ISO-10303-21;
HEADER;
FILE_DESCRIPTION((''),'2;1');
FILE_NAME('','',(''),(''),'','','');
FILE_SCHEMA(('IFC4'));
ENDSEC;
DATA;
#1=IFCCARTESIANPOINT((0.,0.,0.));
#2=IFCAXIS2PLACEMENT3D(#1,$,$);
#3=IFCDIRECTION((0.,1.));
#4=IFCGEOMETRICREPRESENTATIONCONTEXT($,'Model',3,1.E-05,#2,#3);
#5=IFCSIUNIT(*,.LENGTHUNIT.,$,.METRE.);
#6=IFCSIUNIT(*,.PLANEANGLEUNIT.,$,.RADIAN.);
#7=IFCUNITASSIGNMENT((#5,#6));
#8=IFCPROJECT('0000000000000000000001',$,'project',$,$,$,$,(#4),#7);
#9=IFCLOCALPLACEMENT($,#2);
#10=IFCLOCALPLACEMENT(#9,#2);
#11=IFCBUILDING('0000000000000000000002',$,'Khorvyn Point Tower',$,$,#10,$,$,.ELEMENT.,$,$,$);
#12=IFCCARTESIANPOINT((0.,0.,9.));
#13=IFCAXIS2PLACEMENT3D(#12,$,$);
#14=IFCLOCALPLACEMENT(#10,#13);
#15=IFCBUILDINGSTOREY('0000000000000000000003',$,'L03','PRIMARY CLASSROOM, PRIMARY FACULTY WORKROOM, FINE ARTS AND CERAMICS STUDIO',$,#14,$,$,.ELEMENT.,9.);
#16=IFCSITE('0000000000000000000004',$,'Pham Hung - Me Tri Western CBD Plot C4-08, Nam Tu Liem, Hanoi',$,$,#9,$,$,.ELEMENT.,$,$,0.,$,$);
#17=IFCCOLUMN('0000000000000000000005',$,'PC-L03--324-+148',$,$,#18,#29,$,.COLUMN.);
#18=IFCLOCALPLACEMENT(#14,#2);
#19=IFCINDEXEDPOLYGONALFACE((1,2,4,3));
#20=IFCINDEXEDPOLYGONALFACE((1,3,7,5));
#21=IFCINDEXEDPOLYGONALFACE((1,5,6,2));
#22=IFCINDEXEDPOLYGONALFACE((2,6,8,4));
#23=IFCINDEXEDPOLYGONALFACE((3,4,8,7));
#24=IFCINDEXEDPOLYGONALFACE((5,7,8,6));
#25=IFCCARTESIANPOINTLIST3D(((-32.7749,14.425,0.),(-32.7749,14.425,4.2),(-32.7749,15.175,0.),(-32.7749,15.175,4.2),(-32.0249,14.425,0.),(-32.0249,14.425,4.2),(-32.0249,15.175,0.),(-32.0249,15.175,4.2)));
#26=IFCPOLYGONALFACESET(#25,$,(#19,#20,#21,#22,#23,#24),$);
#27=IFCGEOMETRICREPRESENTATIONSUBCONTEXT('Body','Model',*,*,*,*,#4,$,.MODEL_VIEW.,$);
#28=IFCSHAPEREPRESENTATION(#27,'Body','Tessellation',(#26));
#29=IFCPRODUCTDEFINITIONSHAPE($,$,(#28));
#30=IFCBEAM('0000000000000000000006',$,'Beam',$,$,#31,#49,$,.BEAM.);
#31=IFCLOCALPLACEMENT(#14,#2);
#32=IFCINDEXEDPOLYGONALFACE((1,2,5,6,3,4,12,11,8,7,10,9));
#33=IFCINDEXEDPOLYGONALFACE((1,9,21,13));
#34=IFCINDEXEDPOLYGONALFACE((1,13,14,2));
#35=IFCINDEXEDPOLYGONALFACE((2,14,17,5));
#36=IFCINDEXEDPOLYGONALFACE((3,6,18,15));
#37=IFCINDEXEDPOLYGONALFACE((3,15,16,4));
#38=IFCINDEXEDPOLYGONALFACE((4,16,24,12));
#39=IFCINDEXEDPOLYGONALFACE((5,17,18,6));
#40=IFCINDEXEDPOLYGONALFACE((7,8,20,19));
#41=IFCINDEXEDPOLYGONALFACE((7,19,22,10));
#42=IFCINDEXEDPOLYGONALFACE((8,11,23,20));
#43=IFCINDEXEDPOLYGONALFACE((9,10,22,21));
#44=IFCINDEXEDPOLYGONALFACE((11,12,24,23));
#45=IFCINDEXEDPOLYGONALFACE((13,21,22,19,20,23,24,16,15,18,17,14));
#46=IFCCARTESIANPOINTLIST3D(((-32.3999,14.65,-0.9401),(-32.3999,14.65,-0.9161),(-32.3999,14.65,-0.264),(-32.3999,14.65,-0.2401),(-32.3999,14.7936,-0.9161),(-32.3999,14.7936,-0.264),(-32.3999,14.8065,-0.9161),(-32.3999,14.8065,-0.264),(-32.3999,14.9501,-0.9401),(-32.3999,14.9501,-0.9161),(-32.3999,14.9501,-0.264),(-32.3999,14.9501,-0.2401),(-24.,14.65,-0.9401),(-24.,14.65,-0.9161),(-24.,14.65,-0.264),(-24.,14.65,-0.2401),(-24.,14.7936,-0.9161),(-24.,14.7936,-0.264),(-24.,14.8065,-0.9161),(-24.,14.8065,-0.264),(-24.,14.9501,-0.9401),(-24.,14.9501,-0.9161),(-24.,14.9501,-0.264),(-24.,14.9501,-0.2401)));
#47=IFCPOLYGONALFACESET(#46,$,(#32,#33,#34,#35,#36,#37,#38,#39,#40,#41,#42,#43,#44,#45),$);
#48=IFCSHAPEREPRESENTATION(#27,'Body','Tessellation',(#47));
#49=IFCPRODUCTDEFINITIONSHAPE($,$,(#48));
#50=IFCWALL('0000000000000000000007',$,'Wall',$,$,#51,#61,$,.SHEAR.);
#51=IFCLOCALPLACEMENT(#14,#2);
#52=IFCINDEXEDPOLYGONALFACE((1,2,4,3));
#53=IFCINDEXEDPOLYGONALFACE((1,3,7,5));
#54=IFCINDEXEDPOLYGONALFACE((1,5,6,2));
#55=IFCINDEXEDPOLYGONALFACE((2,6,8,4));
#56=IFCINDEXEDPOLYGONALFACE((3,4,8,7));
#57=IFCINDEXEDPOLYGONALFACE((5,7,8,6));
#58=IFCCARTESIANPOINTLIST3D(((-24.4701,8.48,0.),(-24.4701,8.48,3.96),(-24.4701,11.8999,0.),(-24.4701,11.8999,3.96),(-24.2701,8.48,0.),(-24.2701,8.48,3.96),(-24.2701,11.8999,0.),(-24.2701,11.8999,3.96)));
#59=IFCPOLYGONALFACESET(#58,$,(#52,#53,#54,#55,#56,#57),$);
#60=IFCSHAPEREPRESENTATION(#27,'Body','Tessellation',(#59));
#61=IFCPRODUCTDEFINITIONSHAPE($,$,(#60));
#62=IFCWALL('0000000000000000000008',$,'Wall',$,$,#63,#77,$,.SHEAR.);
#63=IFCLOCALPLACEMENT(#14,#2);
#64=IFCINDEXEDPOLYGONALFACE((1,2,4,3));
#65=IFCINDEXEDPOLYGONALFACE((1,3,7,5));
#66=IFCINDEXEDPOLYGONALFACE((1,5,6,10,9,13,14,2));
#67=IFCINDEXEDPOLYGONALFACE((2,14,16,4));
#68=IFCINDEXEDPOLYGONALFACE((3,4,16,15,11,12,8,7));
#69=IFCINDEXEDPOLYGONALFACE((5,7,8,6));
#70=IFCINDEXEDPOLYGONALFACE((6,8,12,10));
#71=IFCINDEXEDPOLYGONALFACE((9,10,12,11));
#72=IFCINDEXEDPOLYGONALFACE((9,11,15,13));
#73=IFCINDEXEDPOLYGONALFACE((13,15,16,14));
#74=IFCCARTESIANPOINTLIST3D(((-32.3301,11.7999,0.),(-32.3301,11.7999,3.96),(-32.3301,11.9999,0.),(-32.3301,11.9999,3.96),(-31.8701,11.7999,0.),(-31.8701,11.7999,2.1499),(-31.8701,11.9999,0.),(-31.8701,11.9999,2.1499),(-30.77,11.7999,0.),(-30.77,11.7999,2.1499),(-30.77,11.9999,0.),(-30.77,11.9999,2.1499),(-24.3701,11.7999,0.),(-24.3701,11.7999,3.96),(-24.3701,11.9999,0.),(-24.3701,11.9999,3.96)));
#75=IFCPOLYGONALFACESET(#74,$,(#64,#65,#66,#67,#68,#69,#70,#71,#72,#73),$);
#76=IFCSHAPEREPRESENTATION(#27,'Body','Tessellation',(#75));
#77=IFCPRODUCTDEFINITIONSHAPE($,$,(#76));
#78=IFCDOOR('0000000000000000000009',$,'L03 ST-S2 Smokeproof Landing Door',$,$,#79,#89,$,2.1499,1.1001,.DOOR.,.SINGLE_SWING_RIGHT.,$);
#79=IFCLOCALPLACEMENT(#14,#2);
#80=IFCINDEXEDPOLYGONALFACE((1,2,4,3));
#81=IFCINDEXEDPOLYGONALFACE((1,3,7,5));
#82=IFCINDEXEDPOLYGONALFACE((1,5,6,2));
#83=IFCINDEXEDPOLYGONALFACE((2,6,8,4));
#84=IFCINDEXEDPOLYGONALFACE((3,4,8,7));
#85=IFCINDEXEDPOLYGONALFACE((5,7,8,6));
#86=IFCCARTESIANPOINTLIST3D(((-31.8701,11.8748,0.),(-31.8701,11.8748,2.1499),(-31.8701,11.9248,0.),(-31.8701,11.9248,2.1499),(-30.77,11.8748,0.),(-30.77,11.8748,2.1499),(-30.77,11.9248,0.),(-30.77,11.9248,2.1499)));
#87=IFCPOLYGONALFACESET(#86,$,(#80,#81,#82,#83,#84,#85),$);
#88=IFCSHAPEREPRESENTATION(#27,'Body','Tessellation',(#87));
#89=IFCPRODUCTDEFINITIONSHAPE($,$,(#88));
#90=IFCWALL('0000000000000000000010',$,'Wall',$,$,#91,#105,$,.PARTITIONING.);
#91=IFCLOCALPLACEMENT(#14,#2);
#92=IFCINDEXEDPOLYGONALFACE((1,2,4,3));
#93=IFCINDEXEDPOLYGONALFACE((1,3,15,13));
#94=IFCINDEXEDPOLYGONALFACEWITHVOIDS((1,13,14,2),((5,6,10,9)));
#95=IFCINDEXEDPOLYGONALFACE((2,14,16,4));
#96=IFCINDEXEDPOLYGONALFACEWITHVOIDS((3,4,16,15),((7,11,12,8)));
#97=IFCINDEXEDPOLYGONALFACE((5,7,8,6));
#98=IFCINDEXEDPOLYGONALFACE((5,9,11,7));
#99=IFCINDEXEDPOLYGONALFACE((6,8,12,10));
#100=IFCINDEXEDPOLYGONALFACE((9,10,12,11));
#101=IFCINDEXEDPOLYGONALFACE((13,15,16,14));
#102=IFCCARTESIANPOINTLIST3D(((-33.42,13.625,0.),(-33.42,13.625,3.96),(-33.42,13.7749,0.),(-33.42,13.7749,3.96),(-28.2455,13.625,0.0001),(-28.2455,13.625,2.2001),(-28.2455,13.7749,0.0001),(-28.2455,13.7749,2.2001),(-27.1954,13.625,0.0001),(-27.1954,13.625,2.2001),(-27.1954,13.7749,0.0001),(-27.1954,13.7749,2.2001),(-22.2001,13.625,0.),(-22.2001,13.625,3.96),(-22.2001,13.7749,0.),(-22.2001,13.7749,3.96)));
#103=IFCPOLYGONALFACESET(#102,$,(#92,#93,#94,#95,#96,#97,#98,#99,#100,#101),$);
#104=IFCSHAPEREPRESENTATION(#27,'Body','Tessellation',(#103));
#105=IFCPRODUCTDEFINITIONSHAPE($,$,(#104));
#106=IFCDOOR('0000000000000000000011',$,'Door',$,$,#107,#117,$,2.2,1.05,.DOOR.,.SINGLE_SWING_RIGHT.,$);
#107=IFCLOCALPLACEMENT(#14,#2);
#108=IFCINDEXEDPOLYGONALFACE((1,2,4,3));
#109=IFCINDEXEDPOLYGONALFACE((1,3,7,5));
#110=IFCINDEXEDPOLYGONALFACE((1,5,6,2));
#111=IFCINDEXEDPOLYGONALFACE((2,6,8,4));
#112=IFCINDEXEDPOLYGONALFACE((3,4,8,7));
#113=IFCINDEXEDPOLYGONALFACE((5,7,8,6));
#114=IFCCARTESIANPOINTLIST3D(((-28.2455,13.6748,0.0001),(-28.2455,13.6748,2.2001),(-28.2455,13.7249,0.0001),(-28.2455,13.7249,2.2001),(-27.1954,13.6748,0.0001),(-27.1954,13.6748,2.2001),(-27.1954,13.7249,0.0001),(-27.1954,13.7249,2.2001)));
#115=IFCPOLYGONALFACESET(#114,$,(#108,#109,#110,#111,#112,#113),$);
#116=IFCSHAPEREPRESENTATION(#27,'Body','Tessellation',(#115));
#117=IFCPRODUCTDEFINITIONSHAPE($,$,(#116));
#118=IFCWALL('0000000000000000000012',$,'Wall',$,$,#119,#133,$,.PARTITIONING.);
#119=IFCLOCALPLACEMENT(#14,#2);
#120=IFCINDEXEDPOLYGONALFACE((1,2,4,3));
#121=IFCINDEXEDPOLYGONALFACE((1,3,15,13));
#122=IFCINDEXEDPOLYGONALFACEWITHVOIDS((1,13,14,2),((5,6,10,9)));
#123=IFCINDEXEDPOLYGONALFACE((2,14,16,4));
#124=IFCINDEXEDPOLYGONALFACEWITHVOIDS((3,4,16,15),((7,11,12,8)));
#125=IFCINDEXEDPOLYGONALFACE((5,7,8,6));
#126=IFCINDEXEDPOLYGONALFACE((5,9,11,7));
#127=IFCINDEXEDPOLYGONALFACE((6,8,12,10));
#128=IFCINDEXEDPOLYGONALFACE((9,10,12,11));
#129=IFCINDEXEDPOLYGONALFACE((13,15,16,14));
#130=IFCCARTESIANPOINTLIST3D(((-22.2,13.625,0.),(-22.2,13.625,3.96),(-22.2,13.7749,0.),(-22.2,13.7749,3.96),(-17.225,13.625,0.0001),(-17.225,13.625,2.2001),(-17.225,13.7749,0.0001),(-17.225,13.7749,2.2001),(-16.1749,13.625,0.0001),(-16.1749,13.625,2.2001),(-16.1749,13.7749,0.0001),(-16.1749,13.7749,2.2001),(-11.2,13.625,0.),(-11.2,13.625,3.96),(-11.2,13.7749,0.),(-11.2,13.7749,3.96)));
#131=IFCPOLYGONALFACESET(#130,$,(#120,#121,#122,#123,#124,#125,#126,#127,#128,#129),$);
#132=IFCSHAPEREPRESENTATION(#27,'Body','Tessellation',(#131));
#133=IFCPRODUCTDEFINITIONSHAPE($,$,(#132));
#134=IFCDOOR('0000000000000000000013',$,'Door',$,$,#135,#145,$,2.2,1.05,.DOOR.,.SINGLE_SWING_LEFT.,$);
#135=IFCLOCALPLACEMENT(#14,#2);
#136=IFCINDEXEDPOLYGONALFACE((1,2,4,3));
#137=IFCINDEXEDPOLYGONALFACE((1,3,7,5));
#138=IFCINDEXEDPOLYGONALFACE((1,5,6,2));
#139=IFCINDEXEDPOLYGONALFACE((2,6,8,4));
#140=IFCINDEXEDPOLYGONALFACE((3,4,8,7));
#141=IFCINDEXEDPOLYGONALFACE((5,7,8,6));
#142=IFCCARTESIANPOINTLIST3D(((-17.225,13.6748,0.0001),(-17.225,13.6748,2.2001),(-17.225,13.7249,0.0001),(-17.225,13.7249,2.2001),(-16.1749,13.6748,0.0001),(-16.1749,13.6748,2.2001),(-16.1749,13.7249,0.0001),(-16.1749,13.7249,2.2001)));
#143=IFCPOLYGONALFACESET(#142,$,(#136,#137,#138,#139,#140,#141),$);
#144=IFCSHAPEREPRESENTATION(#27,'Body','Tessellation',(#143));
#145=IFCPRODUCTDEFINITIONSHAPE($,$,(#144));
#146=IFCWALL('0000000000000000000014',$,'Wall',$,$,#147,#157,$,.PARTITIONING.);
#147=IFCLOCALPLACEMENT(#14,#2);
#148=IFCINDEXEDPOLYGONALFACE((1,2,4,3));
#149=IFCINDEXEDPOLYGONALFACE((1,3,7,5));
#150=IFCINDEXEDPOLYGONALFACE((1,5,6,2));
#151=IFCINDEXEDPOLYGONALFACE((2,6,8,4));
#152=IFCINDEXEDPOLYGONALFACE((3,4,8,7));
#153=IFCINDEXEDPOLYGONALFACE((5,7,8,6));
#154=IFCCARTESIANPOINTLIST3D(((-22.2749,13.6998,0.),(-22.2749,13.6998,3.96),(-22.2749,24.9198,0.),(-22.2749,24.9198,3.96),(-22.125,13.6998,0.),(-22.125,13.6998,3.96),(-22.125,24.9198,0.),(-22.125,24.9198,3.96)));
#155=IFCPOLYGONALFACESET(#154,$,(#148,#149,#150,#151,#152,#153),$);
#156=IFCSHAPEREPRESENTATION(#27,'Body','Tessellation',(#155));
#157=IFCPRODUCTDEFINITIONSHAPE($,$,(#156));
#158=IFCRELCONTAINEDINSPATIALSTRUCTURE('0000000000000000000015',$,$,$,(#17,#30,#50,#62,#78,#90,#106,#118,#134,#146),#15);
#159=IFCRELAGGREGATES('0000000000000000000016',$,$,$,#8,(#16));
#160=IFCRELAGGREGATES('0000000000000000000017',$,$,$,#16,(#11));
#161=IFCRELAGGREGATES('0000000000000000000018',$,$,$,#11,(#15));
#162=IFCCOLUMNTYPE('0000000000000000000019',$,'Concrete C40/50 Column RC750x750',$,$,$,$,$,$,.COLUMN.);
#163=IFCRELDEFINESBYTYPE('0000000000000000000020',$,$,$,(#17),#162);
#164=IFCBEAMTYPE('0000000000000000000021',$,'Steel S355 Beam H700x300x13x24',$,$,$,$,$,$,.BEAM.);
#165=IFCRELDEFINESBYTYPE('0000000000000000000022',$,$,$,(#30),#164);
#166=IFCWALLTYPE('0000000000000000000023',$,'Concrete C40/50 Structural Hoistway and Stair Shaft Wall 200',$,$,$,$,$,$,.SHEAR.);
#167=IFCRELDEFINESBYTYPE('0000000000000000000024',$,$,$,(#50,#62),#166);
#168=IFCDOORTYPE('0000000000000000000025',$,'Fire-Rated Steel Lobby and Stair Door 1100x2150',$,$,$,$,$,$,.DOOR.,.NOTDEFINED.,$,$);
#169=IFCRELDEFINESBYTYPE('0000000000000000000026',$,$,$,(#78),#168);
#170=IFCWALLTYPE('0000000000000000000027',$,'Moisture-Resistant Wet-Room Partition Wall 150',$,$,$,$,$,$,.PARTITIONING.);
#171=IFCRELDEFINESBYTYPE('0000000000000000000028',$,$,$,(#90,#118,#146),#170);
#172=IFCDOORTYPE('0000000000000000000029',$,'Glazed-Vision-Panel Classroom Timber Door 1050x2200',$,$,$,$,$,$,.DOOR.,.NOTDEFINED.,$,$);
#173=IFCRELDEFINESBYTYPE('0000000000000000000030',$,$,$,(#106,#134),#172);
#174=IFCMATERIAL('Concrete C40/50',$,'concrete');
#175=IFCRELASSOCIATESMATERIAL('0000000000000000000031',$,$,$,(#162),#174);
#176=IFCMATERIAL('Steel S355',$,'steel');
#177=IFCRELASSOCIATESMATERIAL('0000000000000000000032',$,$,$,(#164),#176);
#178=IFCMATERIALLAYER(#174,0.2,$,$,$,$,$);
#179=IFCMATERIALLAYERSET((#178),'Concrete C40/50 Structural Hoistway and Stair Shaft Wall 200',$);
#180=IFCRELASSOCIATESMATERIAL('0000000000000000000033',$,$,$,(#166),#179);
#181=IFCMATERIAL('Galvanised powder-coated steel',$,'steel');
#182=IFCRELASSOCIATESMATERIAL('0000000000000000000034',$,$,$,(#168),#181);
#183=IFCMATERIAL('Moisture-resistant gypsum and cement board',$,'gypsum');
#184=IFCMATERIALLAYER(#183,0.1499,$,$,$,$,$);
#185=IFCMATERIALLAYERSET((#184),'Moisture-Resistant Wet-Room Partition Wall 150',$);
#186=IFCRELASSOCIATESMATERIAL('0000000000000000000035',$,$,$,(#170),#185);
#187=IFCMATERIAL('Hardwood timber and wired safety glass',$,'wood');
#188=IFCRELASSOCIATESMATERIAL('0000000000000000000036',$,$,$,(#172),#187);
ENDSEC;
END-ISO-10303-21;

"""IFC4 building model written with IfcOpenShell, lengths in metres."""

from ifc_helpers import new_model, si_unit, direction, frame, frame_2d, origin, origin_2d, place, context, subcontext, project, spatial, rectangle, i_section, extrude, material, layer, layer_set, material_profile, profile_set, type_object, element, fill, save


model = new_model("IFC4")

# Units and contexts
model_context = context("Model", 3, precision=1e-05, world=origin(), true_north=direction((0.0, 1.0)))
body_context = subcontext(model_context, "Body", "Model", "MODEL_VIEW")
ifc_project = project(units=[si_unit("LENGTHUNIT", "METRE"), si_unit("PLANEANGLEUNIT", "RADIAN")], contexts=[model_context])

# Site, building, storey
site_placement = place(None, origin())
site = spatial("IfcSite", under=ifc_project, at=site_placement, Name="Pham Hung - Me Tri Western CBD Plot C4-08, Nam Tu Liem, Hanoi", CompositionType="ELEMENT", RefElevation=0.0)
building_placement = place(site_placement, origin())
building = spatial("IfcBuilding", under=site, at=building_placement, Name="Khorvyn Point Tower", CompositionType="ELEMENT")
storey_placement = place(building_placement, frame((0.0, 0.0, 9.0)))
storey = spatial("IfcBuildingStorey", under=building, at=storey_placement, Name="L03", Description="PRIMARY CLASSROOM, PRIMARY FACULTY WORKROOM, FINE ARTS AND CERAMICS STUDIO", CompositionType="ELEMENT", Elevation=9.0)

# Column
ifc_material_1 = material(Name="Concrete C40/50", Category="concrete")
ifc_material_profile_1 = material_profile(ifc_material_1, rectangle(XDim=0.75, YDim=0.75, at=origin_2d()))
ifc_profile_set_1 = profile_set([ifc_material_profile_1], Name="Concrete C40/50 RC750x750")
column_type = type_object("IfcColumnType", Name="Concrete C40/50 Column RC750x750", PredefinedType="COLUMN", material=ifc_profile_set_1)
column_placement = place(storey_placement, frame((-32.3999, 14.8, 0.0), z_axis=(0.0, 0.0, 1.0), x_axis=(1.0, 0.0, 0.0)))
element("IfcColumn", 1, at=column_placement, inside=storey, type_object=column_type, Name="PC-L03--324-+148", PredefinedType="COLUMN", context=body_context, shape_type="SweptSolid", body=[
    extrude(rectangle(XDim=0.75, YDim=0.75, at=origin_2d()), origin(), (0.0, 0.0, 1.0), 4.2),
])

# Beam
ifc_material_2 = material(Name="Steel S355", Category="steel")
ifc_material_profile_2 = material_profile(ifc_material_2, i_section(OverallWidth=0.3, OverallDepth=0.7, WebThickness=0.0129, FlangeThickness=0.0239, at=origin_2d()))
ifc_profile_set_2 = profile_set([ifc_material_profile_2], Name="Steel S355 H700x300x13x24")
beam_type = type_object("IfcBeamType", Name="Steel S355 Beam H700x300x13x24", PredefinedType="BEAM", material=ifc_profile_set_2)
beam_placement = place(storey_placement, frame((-32.3999, 14.8, -0.5901), z_axis=(1.0, 0.0, 0.0), x_axis=(0.0, 1.0, 0.0)))
element("IfcBeam", 2, at=beam_placement, inside=storey, type_object=beam_type, Name="Beam", PredefinedType="BEAM", context=body_context, shape_type="SweptSolid", body=[
    extrude(i_section(OverallWidth=0.3, OverallDepth=0.7, WebThickness=0.0129, FlangeThickness=0.0239, at=origin_2d()), origin(), (0.0, 0.0, 1.0), 8.3999),
])

# Wall
ifc_layer_1 = layer(ifc_material_1, 0.2)
ifc_layer_set_1 = layer_set([ifc_layer_1], Name="Concrete C40/50 Structural Hoistway and Stair Shaft Wall 200")
wall_type_1 = type_object("IfcWallType", Name="Concrete C40/50 Structural Hoistway and Stair Shaft Wall 200", PredefinedType="SHEAR", material=ifc_layer_set_1)
wall_1_placement = place(storey_placement, frame((-24.3701, 11.8999, 0.0), z_axis=(0.0, 0.0, 1.0), x_axis=(0.0, -1.0, 0.0)))
element("IfcWall", 3, at=wall_1_placement, inside=storey, type_object=wall_type_1, Name="Wall", PredefinedType="SHEAR", context=body_context, shape_type="SweptSolid", body=[
    extrude(rectangle(XDim=3.4199, YDim=0.2, at=frame_2d((1.71, 0.0))), origin(), (0.0, 0.0, 1.0), 3.96),
])

# Walls, openings, doors
wall_2_placement = place(storey_placement, frame((-32.3301, 11.8999, 0.0), z_axis=(0.0, 0.0, 1.0), x_axis=(1.0, 0.0, 0.0)))
wall_2 = element("IfcWall", 4, at=wall_2_placement, inside=storey, type_object=wall_type_1, Name="Wall", PredefinedType="SHEAR", context=body_context, shape_type="SweptSolid", body=[
    extrude(rectangle(XDim=7.96, YDim=0.2, at=frame_2d((3.98, 0.0))), origin(), (0.0, 0.0, 1.0), 3.96),
])
opening_1_placement = place(wall_2_placement, frame((0.46, 0.0, 0.0)))
opening_1 = element("IfcOpeningElement", 5, at=opening_1_placement, cuts=wall_2, PredefinedType="OPENING", context=body_context, shape_type="SweptSolid", body=[
    extrude(rectangle(XDim=1.1001, YDim=2.1499, at=frame_2d((0.55, 1.075))), frame((0.0, 0.1099, 0.0), z_axis=(0.0, -1.0, 0.0), x_axis=(1.0, 0.0, 0.0)), (0.0, 0.0, 1.0), 0.22),
])
ifc_material_3 = material(Name="Galvanised powder-coated steel", Category="steel")
door_type_1 = type_object("IfcDoorType", Name="Fire-Rated Steel Lobby and Stair Door 1100x2150", OperationType="NOTDEFINED", PredefinedType="DOOR", material=ifc_material_3)
door_1_placement = place(opening_1_placement, origin())
door_1 = element("IfcDoor", 6, at=door_1_placement, inside=storey, type_object=door_type_1, Name="L03 ST-S2 Smokeproof Landing Door", OperationType="SINGLE_SWING_RIGHT", OverallHeight=2.1499, OverallWidth=1.1001, PredefinedType="DOOR", context=body_context, shape_type="SweptSolid", body=[
    extrude(rectangle(XDim=1.1001, YDim=2.1499, at=frame_2d((0.55, 1.075))), frame((0.0, 0.0249, 0.0), z_axis=(0.0, -1.0, 0.0), x_axis=(1.0, 0.0, 0.0)), (0.0, 0.0, 1.0), 0.05),
])
fill(opening_1, door_1)
ifc_material_4 = material(Name="Moisture-resistant gypsum and cement board", Category="gypsum")
ifc_layer_2 = layer(ifc_material_4, 0.1499)
ifc_layer_set_2 = layer_set([ifc_layer_2], Name="Moisture-Resistant Wet-Room Partition Wall 150")
wall_type_2 = type_object("IfcWallType", Name="Moisture-Resistant Wet-Room Partition Wall 150", PredefinedType="PARTITIONING", material=ifc_layer_set_2)
wall_3_placement = place(storey_placement, frame((-33.4199, 13.7, 0.0), z_axis=(0.0, 0.0, 1.0), x_axis=(1.0, 0.0, 0.0)))
wall_3 = element("IfcWall", 7, at=wall_3_placement, inside=storey, type_object=wall_type_2, Name="Wall", PredefinedType="PARTITIONING", context=body_context, shape_type="SweptSolid", body=[
    extrude(rectangle(XDim=11.22, YDim=0.1499, at=frame_2d((5.6099, 0.0))), origin(), (0.0, 0.0, 1.0), 3.96),
])
opening_2_placement = place(wall_3_placement, frame((5.1746, 0.0, 0.0)))
opening_2 = element("IfcOpeningElement", 8, at=opening_2_placement, cuts=wall_3, PredefinedType="OPENING", context=body_context, shape_type="SweptSolid", body=[
    extrude(rectangle(XDim=1.05, YDim=2.2, at=frame_2d((0.5249, 1.1001))), frame((0.0, 0.085, 0.0), z_axis=(0.0, -1.0, 0.0), x_axis=(1.0, 0.0, 0.0)), (0.0, 0.0, 1.0), 0.1699),
])
ifc_material_5 = material(Name="Hardwood timber and wired safety glass", Category="wood")
door_type_2 = type_object("IfcDoorType", Name="Glazed-Vision-Panel Classroom Timber Door 1050x2200", OperationType="NOTDEFINED", PredefinedType="DOOR", material=ifc_material_5)
door_2_placement = place(opening_2_placement, origin())
door_2 = element("IfcDoor", 9, at=door_2_placement, inside=storey, type_object=door_type_2, Name="Door", OperationType="SINGLE_SWING_RIGHT", OverallHeight=2.2, OverallWidth=1.05, PredefinedType="DOOR", context=body_context, shape_type="SweptSolid", body=[
    extrude(rectangle(XDim=1.05, YDim=2.2, at=frame_2d((0.5249, 1.1001))), frame((0.0, 0.0249, 0.0), z_axis=(0.0, -1.0, 0.0), x_axis=(1.0, 0.0, 0.0)), (0.0, 0.0, 1.0), 0.05),
])
fill(opening_2, door_2)
wall_4_placement = place(storey_placement, frame((-22.2, 13.7, 0.0), z_axis=(0.0, 0.0, 1.0), x_axis=(1.0, 0.0, 0.0)))
wall_4 = element("IfcWall", 10, at=wall_4_placement, inside=storey, type_object=wall_type_2, Name="Wall", PredefinedType="PARTITIONING", context=body_context, shape_type="SweptSolid", body=[
    extrude(rectangle(XDim=11.0, YDim=0.1499, at=frame_2d((5.5, 0.0))), origin(), (0.0, 0.0, 1.0), 3.96),
])
opening_3_placement = place(wall_4_placement, frame((4.9751, 0.0, 0.0)))
opening_3 = element("IfcOpeningElement", 11, at=opening_3_placement, cuts=wall_4, PredefinedType="OPENING", context=body_context, shape_type="SweptSolid", body=[
    extrude(rectangle(XDim=1.05, YDim=2.2, at=frame_2d((0.5249, 1.1001))), frame((0.0, 0.085, 0.0), z_axis=(0.0, -1.0, 0.0), x_axis=(1.0, 0.0, 0.0)), (0.0, 0.0, 1.0), 0.1699),
])
door_3_placement = place(opening_3_placement, origin())
door_3 = element("IfcDoor", 12, at=door_3_placement, inside=storey, type_object=door_type_2, Name="Door", OperationType="SINGLE_SWING_LEFT", OverallHeight=2.2, OverallWidth=1.05, PredefinedType="DOOR", context=body_context, shape_type="SweptSolid", body=[
    extrude(rectangle(XDim=1.05, YDim=2.2, at=frame_2d((0.5249, 1.1001))), frame((0.0, 0.0249, 0.0), z_axis=(0.0, -1.0, 0.0), x_axis=(1.0, 0.0, 0.0)), (0.0, 0.0, 1.0), 0.05),
])
fill(opening_3, door_3)

# Wall
wall_5_placement = place(storey_placement, frame((-22.2, 13.7, 0.0), z_axis=(0.0, 0.0, 1.0), x_axis=(0.0, 1.0, 0.0)))
element("IfcWall", 13, at=wall_5_placement, inside=storey, type_object=wall_type_2, Name="Wall", PredefinedType="PARTITIONING", context=body_context, shape_type="SweptSolid", body=[
    extrude(rectangle(XDim=11.22, YDim=0.1499, at=frame_2d((5.6099, 0.0))), origin(), (0.0, 0.0, 1.0), 3.96),
])

save(model, "model.ifc")
